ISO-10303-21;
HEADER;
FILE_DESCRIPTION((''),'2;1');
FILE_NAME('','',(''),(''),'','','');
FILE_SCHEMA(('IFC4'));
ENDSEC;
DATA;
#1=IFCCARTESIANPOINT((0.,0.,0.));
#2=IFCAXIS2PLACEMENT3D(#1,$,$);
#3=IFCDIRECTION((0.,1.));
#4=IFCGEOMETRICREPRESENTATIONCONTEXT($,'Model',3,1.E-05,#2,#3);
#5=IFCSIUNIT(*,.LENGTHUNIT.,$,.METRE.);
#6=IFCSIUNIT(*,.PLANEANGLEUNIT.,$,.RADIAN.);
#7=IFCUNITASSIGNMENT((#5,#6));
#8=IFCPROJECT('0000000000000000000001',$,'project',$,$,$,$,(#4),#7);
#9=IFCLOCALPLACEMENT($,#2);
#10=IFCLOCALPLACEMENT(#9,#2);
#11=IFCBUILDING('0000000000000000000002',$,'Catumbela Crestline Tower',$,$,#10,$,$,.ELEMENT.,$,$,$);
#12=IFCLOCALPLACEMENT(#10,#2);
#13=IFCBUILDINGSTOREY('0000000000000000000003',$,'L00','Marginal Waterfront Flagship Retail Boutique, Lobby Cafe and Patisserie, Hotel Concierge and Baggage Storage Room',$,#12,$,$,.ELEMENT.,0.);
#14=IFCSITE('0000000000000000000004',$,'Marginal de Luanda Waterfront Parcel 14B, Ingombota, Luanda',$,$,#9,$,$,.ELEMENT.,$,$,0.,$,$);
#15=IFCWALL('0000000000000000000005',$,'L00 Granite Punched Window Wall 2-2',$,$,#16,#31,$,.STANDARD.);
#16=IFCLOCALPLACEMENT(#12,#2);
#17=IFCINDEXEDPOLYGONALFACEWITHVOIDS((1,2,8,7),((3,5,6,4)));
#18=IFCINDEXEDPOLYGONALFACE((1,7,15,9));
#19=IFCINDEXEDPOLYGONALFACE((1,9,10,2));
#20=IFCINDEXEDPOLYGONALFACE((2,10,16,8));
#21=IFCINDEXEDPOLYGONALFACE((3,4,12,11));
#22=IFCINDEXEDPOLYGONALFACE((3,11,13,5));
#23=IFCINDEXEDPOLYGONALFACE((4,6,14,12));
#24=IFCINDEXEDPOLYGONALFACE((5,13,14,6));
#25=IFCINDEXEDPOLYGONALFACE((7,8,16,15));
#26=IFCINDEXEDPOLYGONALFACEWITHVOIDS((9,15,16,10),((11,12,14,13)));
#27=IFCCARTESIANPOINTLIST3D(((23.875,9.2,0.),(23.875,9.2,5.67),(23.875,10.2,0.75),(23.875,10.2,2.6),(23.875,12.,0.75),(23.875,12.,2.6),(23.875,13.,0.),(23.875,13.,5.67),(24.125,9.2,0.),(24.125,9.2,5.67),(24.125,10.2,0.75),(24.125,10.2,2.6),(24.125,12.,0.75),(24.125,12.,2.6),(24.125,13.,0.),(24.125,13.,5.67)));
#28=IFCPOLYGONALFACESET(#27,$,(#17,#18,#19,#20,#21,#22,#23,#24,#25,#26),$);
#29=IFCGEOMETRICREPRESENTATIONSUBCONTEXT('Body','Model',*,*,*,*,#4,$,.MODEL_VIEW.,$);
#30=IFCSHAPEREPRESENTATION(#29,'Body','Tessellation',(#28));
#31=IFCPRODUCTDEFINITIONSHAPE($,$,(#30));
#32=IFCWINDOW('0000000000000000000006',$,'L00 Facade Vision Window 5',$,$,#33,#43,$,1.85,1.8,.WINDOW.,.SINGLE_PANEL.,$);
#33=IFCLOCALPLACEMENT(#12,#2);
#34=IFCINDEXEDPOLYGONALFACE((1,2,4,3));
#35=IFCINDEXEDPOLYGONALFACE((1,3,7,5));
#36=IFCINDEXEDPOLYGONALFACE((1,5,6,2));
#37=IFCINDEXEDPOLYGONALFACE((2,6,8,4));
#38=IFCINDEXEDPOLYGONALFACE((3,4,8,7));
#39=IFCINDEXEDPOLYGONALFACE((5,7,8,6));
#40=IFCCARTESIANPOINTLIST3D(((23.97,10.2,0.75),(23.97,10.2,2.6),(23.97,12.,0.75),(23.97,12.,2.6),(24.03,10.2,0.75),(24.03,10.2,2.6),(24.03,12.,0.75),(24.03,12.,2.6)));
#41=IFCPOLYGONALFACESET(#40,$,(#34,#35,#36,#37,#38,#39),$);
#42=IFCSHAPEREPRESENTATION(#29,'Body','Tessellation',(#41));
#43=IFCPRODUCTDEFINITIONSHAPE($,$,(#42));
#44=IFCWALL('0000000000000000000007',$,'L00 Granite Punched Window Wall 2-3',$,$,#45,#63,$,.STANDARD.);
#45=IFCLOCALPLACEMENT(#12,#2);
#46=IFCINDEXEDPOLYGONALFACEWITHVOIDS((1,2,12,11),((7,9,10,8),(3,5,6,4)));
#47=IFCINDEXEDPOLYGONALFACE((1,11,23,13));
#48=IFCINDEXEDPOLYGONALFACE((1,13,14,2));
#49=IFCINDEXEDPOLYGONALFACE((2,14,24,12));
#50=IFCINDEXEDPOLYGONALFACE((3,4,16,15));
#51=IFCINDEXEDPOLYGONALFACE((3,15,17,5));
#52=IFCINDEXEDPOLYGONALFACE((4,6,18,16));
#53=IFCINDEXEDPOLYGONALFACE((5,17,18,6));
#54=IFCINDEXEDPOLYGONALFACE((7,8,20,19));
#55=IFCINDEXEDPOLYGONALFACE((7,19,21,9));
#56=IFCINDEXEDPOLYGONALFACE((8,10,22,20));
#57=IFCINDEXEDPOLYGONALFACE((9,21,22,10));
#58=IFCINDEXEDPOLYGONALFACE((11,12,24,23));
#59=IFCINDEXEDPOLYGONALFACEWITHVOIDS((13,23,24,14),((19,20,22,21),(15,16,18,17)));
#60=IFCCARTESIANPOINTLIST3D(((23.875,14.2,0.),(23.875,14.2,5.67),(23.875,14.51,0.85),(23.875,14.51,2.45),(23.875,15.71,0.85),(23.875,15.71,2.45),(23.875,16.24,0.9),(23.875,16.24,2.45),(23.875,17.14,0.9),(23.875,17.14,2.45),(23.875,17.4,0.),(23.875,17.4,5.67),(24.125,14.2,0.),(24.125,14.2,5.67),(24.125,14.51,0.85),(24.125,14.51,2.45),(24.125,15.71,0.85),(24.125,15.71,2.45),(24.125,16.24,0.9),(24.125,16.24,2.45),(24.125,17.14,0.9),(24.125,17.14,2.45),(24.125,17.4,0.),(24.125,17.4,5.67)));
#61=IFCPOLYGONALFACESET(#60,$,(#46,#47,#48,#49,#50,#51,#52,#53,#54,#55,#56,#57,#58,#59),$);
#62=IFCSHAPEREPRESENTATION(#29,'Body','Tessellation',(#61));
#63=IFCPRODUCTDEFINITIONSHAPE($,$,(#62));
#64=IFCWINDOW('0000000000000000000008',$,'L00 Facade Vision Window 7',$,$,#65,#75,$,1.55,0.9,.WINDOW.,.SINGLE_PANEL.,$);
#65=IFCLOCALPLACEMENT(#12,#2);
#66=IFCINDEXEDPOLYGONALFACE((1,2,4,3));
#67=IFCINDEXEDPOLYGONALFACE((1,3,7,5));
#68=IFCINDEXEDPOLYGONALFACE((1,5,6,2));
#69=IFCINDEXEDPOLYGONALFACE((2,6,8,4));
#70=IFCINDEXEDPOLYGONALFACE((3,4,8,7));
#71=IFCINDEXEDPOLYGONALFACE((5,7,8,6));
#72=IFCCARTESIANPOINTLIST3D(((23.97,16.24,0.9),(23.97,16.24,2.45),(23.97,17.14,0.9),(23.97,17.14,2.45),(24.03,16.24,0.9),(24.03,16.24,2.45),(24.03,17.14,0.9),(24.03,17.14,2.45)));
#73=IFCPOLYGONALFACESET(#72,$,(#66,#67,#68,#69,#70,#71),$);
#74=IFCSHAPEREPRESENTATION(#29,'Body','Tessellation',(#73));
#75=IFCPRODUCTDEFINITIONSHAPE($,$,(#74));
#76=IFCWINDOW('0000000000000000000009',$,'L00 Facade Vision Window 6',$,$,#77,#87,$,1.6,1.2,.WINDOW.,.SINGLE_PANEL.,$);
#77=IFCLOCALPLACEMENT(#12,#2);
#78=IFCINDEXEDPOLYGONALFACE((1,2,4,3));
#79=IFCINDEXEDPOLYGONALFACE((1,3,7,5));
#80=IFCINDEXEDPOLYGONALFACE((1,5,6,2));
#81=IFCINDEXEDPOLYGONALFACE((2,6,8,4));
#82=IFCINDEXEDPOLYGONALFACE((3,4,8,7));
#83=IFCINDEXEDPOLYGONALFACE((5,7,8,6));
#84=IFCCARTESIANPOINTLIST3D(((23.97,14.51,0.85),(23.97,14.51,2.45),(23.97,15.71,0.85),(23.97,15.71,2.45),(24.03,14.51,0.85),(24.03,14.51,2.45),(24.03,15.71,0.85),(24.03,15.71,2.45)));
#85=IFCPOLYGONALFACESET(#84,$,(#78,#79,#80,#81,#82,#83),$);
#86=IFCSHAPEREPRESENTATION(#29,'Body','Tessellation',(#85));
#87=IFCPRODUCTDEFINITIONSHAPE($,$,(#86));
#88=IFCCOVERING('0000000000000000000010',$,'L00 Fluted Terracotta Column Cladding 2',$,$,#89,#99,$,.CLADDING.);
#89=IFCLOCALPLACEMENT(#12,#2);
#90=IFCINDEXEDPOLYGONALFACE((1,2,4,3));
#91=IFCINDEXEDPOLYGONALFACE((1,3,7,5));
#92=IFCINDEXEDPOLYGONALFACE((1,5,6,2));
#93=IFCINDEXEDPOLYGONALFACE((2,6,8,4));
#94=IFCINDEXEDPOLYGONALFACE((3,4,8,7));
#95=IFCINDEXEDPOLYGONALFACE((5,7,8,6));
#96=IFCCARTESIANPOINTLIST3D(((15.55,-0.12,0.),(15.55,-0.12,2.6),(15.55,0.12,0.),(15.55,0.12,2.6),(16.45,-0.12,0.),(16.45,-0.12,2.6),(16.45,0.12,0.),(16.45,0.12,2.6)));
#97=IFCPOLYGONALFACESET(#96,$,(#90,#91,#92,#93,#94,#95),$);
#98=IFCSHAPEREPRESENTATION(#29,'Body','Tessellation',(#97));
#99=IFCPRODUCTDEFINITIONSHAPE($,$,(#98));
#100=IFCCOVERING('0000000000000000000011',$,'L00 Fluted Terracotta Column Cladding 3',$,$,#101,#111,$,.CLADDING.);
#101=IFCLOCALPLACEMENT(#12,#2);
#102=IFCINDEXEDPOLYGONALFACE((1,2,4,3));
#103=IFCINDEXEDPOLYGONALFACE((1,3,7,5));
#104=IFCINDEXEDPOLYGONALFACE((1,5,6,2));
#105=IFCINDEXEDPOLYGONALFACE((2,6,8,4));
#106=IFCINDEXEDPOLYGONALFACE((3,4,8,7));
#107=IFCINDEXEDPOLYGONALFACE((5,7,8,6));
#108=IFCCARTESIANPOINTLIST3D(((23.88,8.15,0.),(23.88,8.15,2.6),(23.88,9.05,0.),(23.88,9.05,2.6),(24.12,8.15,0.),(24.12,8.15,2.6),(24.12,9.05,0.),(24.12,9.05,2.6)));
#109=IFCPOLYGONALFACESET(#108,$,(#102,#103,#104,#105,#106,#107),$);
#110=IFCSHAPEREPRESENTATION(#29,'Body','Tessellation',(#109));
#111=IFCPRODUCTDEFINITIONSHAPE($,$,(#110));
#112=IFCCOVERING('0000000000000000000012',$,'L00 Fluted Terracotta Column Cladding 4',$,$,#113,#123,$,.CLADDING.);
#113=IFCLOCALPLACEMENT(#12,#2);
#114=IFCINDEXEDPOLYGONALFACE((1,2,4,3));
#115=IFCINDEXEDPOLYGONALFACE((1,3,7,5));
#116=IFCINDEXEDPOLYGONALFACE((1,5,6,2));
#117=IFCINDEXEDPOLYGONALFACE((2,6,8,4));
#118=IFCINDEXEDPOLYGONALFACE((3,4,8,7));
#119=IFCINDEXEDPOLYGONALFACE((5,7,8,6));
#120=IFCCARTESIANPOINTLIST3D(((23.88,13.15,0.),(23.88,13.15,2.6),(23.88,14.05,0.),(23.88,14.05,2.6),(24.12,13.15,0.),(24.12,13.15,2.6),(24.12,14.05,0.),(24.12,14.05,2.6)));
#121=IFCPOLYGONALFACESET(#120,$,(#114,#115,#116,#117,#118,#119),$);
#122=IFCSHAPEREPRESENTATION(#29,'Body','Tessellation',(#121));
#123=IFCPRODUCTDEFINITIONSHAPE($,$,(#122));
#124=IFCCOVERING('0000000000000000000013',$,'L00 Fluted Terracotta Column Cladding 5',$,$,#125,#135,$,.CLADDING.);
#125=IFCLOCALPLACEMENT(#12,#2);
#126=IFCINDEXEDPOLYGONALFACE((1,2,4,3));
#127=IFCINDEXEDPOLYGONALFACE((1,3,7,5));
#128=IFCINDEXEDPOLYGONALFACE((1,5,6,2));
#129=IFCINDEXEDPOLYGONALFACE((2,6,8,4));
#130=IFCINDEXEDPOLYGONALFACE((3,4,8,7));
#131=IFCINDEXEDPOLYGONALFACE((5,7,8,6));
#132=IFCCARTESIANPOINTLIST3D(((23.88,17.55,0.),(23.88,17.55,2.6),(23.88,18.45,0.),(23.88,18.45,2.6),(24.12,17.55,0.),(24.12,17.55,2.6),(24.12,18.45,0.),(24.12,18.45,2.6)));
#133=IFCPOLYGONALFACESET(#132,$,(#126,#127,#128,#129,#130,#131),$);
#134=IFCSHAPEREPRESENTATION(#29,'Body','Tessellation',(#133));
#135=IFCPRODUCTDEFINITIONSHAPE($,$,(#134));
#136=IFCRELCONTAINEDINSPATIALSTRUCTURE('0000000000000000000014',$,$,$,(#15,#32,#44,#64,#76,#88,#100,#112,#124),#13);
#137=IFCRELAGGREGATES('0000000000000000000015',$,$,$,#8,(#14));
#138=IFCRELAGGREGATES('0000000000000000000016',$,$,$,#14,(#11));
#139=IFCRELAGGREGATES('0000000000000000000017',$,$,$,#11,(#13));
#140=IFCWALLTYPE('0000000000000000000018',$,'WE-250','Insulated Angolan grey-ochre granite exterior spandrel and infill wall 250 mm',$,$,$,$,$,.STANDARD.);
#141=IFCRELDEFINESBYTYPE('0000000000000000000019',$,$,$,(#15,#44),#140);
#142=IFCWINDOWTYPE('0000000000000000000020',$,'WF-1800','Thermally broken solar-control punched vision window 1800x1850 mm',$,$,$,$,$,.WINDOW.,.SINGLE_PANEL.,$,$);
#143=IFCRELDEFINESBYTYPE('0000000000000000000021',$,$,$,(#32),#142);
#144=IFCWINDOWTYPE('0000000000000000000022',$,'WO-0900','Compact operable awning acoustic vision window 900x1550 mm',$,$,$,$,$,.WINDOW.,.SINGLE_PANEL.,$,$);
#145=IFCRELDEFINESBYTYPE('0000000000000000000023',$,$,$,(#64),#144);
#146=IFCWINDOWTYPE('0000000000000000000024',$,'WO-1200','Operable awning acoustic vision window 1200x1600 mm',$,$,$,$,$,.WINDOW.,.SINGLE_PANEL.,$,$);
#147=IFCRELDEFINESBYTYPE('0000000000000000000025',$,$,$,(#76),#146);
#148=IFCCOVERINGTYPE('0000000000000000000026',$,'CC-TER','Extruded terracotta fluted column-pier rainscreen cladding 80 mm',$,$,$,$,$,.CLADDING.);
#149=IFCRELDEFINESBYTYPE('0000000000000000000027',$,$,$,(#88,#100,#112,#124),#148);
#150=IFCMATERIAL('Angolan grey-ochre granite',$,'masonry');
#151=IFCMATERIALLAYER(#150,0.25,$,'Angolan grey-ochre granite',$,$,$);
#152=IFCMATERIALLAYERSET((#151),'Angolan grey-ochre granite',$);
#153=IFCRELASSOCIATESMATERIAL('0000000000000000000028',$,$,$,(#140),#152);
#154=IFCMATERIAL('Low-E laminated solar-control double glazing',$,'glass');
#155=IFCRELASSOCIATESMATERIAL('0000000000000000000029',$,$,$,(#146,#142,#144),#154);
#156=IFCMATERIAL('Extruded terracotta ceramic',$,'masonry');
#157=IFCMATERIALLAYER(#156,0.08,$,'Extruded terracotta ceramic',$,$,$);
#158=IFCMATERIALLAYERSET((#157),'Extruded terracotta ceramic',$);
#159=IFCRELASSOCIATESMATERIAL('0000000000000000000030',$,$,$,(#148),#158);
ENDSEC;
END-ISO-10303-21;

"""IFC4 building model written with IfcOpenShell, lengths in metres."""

from ifc_helpers import new_model, si_unit, direction, frame, frame_2d, origin, origin_2d, place, context, subcontext, project, spatial, rectangle, extrude, material, layer, layer_set, type_object, element, fill, save


model = new_model("IFC4")

# Units and contexts
model_context = context("Model", 3, precision=1e-05, world=origin(), true_north=direction((0.0, 1.0)))
body_context = subcontext(model_context, "Body", "Model", "MODEL_VIEW")
ifc_project = project(units=[si_unit("LENGTHUNIT", "METRE"), si_unit("PLANEANGLEUNIT", "RADIAN")], contexts=[model_context])

# Site, building, storey
site_placement = place(None, origin())
site = spatial("IfcSite", under=ifc_project, at=site_placement, Name="Marginal de Luanda Waterfront Parcel 14B, Ingombota, Luanda", CompositionType="ELEMENT", RefElevation=0.0)
building_placement = place(site_placement, origin())
building = spatial("IfcBuilding", under=site, at=building_placement, Name="Catumbela Crestline Tower", CompositionType="ELEMENT")
storey_placement = place(building_placement, origin())
storey = spatial("IfcBuildingStorey", under=building, at=storey_placement, Name="L00", Description="Marginal Waterfront Flagship Retail Boutique, Lobby Cafe and Patisserie, Hotel Concierge and Baggage Storage Room", CompositionType="ELEMENT", Elevation=0.0)

# Wall, opening, window
ifc_material_1 = material(Name="Angolan grey-ochre granite", Category="masonry")
ifc_layer_1 = layer(ifc_material_1, 0.25, Name="Angolan grey-ochre granite")
ifc_layer_set_1 = layer_set([ifc_layer_1], Name="Angolan grey-ochre granite")
wall_type = type_object("IfcWallType", Name="WE-250", Description="Insulated Angolan grey-ochre granite exterior spandrel and infill wall 250 mm", PredefinedType="STANDARD", material=ifc_layer_set_1)
ifc_material_2 = material(Name="Low-E laminated solar-control double glazing", Category="glass")
window_type_1 = type_object("IfcWindowType", Name="WO-1200", Description="Operable awning acoustic vision window 1200x1600 mm", PartitioningType="SINGLE_PANEL", PredefinedType="WINDOW", material=ifc_material_2)
window_type_2 = type_object("IfcWindowType", Name="WF-1800", Description="Thermally broken solar-control punched vision window 1800x1850 mm", PartitioningType="SINGLE_PANEL", PredefinedType="WINDOW", material=ifc_material_2)
wall_1_placement = place(storey_placement, frame((24.0, 9.2, 0.0), z_axis=(0.0, 0.0, 1.0), x_axis=(0.0, 1.0, 0.0)))
wall_1 = element("IfcWall", 1, at=wall_1_placement, inside=storey, type_object=wall_type, Name="L00 Granite Punched Window Wall 2-2", PredefinedType="STANDARD", context=body_context, shape_type="SweptSolid", body=[
    extrude(rectangle(XDim=3.8, YDim=0.25, at=frame_2d((1.9, 0.0))), origin(), (0.0, 0.0, 1.0), 5.67),
])
opening_1_placement = place(wall_1_placement, frame((1.0, 0.0, 0.75)))
opening_1 = element("IfcOpeningElement", 2, at=opening_1_placement, cuts=wall_1, PredefinedType="OPENING", context=body_context, shape_type="SweptSolid", body=[
    extrude(rectangle(XDim=1.8, YDim=1.85, at=frame_2d((0.9, 0.925))), frame((0.0, 0.135, 0.0), z_axis=(0.0, -1.0, 0.0), x_axis=(1.0, 0.0, 0.0)), (0.0, 0.0, 1.0), 0.27),
])
window_1_placement = place(opening_1_placement, origin())
window_1 = element("IfcWindow", 3, at=window_1_placement, inside=storey, type_object=window_type_2, Name="L00 Facade Vision Window 5", OverallHeight=1.85, OverallWidth=1.8, PartitioningType="SINGLE_PANEL", PredefinedType="WINDOW", context=body_context, shape_type="SweptSolid", body=[
    extrude(rectangle(XDim=1.8, YDim=1.85, at=frame_2d((0.9, 0.925))), frame((0.0, 0.03, 0.0), z_axis=(0.0, -1.0, 0.0), x_axis=(1.0, 0.0, 0.0)), (0.0, 0.0, 1.0), 0.06),
])
fill(opening_1, window_1)

# Wall, openings, windows
wall_2_placement = place(storey_placement, frame((24.0, 14.2, 0.0), z_axis=(0.0, 0.0, 1.0), x_axis=(0.0, 1.0, 0.0)))
wall_2 = element("IfcWall", 4, at=wall_2_placement, inside=storey, type_object=wall_type, Name="L00 Granite Punched Window Wall 2-3", PredefinedType="STANDARD", context=body_context, shape_type="SweptSolid", body=[
    extrude(rectangle(XDim=3.2, YDim=0.25, at=frame_2d((1.6, 0.0))), origin(), (0.0, 0.0, 1.0), 5.67),
])
opening_2_placement = place(wall_2_placement, frame((0.31, 0.0, 0.85)))
opening_2 = element("IfcOpeningElement", 5, at=opening_2_placement, cuts=wall_2, PredefinedType="OPENING", context=body_context, shape_type="SweptSolid", body=[
    extrude(rectangle(XDim=1.2, YDim=1.6, at=frame_2d((0.6, 0.8))), frame((0.0, 0.135, 0.0), z_axis=(0.0, -1.0, 0.0), x_axis=(1.0, 0.0, 0.0)), (0.0, 0.0, 1.0), 0.27),
])
opening_3_placement = place(wall_2_placement, frame((2.04, 0.0, 0.9)))
opening_3 = element("IfcOpeningElement", 6, at=opening_3_placement, cuts=wall_2, PredefinedType="OPENING", context=body_context, shape_type="SweptSolid", body=[
    extrude(rectangle(XDim=0.9, YDim=1.55, at=frame_2d((0.45, 0.775))), frame((0.0, 0.135, 0.0), z_axis=(0.0, -1.0, 0.0), x_axis=(1.0, 0.0, 0.0)), (0.0, 0.0, 1.0), 0.27),
])
window_type_3 = type_object("IfcWindowType", Name="WO-0900", Description="Compact operable awning acoustic vision window 900x1550 mm", PartitioningType="SINGLE_PANEL", PredefinedType="WINDOW", material=ifc_material_2)
window_2_placement = place(opening_3_placement, origin())
window_2 = element("IfcWindow", 7, at=window_2_placement, inside=storey, type_object=window_type_3, Name="L00 Facade Vision Window 7", OverallHeight=1.55, OverallWidth=0.9, PartitioningType="SINGLE_PANEL", PredefinedType="WINDOW", context=body_context, shape_type="SweptSolid", body=[
    extrude(rectangle(XDim=0.9, YDim=1.55, at=frame_2d((0.45, 0.775))), frame((0.0, 0.03, 0.0), z_axis=(0.0, -1.0, 0.0), x_axis=(1.0, 0.0, 0.0)), (0.0, 0.0, 1.0), 0.06),
])
fill(opening_3, window_2)
window_3_placement = place(opening_2_placement, origin())
window_3 = element("IfcWindow", 8, at=window_3_placement, inside=storey, type_object=window_type_1, Name="L00 Facade Vision Window 6", OverallHeight=1.6, OverallWidth=1.2, PartitioningType="SINGLE_PANEL", PredefinedType="WINDOW", context=body_context, shape_type="SweptSolid", body=[
    extrude(rectangle(XDim=1.2, YDim=1.6, at=frame_2d((0.6, 0.8))), frame((0.0, 0.03, 0.0), z_axis=(0.0, -1.0, 0.0), x_axis=(1.0, 0.0, 0.0)), (0.0, 0.0, 1.0), 0.06),
])
fill(opening_2, window_3)

# Coverings
ifc_material_3 = material(Name="Extruded terracotta ceramic", Category="masonry")
ifc_layer_2 = layer(ifc_material_3, 0.08, Name="Extruded terracotta ceramic")
ifc_layer_set_2 = layer_set([ifc_layer_2], Name="Extruded terracotta ceramic")
covering_type = type_object("IfcCoveringType", Name="CC-TER", Description="Extruded terracotta fluted column-pier rainscreen cladding 80 mm", PredefinedType="CLADDING", material=ifc_layer_set_2)
for number, where, z_axis, x_axis, name in (
    (9, (16.0, 0.0, 0.0), (0.0, 0.0, 1.0), (1.0, 0.0, 0.0), "L00 Fluted Terracotta Column Cladding 2"),
    (10, (24.0, 8.6, 0.0), (0.0, 0.0, 1.0), (0.0, 1.0, 0.0), "L00 Fluted Terracotta Column Cladding 3"),
    (11, (24.0, 13.6, 0.0), (0.0, 0.0, 1.0), (0.0, 1.0, 0.0), "L00 Fluted Terracotta Column Cladding 4"),
    (12, (24.0, 18.0, 0.0), (0.0, 0.0, 1.0), (0.0, 1.0, 0.0), "L00 Fluted Terracotta Column Cladding 5"),
):
    element("IfcCovering", number, at=place(storey_placement, frame(where, z_axis=z_axis, x_axis=x_axis)), inside=storey, type_object=covering_type, Name=name, PredefinedType="CLADDING", context=body_context, shape_type="SweptSolid", body=[
        extrude(rectangle(XDim=0.9, YDim=0.24, at=origin_2d()), origin(), (0.0, 0.0, 1.0), 2.6),
    ])

save(model, "model.ifc")
